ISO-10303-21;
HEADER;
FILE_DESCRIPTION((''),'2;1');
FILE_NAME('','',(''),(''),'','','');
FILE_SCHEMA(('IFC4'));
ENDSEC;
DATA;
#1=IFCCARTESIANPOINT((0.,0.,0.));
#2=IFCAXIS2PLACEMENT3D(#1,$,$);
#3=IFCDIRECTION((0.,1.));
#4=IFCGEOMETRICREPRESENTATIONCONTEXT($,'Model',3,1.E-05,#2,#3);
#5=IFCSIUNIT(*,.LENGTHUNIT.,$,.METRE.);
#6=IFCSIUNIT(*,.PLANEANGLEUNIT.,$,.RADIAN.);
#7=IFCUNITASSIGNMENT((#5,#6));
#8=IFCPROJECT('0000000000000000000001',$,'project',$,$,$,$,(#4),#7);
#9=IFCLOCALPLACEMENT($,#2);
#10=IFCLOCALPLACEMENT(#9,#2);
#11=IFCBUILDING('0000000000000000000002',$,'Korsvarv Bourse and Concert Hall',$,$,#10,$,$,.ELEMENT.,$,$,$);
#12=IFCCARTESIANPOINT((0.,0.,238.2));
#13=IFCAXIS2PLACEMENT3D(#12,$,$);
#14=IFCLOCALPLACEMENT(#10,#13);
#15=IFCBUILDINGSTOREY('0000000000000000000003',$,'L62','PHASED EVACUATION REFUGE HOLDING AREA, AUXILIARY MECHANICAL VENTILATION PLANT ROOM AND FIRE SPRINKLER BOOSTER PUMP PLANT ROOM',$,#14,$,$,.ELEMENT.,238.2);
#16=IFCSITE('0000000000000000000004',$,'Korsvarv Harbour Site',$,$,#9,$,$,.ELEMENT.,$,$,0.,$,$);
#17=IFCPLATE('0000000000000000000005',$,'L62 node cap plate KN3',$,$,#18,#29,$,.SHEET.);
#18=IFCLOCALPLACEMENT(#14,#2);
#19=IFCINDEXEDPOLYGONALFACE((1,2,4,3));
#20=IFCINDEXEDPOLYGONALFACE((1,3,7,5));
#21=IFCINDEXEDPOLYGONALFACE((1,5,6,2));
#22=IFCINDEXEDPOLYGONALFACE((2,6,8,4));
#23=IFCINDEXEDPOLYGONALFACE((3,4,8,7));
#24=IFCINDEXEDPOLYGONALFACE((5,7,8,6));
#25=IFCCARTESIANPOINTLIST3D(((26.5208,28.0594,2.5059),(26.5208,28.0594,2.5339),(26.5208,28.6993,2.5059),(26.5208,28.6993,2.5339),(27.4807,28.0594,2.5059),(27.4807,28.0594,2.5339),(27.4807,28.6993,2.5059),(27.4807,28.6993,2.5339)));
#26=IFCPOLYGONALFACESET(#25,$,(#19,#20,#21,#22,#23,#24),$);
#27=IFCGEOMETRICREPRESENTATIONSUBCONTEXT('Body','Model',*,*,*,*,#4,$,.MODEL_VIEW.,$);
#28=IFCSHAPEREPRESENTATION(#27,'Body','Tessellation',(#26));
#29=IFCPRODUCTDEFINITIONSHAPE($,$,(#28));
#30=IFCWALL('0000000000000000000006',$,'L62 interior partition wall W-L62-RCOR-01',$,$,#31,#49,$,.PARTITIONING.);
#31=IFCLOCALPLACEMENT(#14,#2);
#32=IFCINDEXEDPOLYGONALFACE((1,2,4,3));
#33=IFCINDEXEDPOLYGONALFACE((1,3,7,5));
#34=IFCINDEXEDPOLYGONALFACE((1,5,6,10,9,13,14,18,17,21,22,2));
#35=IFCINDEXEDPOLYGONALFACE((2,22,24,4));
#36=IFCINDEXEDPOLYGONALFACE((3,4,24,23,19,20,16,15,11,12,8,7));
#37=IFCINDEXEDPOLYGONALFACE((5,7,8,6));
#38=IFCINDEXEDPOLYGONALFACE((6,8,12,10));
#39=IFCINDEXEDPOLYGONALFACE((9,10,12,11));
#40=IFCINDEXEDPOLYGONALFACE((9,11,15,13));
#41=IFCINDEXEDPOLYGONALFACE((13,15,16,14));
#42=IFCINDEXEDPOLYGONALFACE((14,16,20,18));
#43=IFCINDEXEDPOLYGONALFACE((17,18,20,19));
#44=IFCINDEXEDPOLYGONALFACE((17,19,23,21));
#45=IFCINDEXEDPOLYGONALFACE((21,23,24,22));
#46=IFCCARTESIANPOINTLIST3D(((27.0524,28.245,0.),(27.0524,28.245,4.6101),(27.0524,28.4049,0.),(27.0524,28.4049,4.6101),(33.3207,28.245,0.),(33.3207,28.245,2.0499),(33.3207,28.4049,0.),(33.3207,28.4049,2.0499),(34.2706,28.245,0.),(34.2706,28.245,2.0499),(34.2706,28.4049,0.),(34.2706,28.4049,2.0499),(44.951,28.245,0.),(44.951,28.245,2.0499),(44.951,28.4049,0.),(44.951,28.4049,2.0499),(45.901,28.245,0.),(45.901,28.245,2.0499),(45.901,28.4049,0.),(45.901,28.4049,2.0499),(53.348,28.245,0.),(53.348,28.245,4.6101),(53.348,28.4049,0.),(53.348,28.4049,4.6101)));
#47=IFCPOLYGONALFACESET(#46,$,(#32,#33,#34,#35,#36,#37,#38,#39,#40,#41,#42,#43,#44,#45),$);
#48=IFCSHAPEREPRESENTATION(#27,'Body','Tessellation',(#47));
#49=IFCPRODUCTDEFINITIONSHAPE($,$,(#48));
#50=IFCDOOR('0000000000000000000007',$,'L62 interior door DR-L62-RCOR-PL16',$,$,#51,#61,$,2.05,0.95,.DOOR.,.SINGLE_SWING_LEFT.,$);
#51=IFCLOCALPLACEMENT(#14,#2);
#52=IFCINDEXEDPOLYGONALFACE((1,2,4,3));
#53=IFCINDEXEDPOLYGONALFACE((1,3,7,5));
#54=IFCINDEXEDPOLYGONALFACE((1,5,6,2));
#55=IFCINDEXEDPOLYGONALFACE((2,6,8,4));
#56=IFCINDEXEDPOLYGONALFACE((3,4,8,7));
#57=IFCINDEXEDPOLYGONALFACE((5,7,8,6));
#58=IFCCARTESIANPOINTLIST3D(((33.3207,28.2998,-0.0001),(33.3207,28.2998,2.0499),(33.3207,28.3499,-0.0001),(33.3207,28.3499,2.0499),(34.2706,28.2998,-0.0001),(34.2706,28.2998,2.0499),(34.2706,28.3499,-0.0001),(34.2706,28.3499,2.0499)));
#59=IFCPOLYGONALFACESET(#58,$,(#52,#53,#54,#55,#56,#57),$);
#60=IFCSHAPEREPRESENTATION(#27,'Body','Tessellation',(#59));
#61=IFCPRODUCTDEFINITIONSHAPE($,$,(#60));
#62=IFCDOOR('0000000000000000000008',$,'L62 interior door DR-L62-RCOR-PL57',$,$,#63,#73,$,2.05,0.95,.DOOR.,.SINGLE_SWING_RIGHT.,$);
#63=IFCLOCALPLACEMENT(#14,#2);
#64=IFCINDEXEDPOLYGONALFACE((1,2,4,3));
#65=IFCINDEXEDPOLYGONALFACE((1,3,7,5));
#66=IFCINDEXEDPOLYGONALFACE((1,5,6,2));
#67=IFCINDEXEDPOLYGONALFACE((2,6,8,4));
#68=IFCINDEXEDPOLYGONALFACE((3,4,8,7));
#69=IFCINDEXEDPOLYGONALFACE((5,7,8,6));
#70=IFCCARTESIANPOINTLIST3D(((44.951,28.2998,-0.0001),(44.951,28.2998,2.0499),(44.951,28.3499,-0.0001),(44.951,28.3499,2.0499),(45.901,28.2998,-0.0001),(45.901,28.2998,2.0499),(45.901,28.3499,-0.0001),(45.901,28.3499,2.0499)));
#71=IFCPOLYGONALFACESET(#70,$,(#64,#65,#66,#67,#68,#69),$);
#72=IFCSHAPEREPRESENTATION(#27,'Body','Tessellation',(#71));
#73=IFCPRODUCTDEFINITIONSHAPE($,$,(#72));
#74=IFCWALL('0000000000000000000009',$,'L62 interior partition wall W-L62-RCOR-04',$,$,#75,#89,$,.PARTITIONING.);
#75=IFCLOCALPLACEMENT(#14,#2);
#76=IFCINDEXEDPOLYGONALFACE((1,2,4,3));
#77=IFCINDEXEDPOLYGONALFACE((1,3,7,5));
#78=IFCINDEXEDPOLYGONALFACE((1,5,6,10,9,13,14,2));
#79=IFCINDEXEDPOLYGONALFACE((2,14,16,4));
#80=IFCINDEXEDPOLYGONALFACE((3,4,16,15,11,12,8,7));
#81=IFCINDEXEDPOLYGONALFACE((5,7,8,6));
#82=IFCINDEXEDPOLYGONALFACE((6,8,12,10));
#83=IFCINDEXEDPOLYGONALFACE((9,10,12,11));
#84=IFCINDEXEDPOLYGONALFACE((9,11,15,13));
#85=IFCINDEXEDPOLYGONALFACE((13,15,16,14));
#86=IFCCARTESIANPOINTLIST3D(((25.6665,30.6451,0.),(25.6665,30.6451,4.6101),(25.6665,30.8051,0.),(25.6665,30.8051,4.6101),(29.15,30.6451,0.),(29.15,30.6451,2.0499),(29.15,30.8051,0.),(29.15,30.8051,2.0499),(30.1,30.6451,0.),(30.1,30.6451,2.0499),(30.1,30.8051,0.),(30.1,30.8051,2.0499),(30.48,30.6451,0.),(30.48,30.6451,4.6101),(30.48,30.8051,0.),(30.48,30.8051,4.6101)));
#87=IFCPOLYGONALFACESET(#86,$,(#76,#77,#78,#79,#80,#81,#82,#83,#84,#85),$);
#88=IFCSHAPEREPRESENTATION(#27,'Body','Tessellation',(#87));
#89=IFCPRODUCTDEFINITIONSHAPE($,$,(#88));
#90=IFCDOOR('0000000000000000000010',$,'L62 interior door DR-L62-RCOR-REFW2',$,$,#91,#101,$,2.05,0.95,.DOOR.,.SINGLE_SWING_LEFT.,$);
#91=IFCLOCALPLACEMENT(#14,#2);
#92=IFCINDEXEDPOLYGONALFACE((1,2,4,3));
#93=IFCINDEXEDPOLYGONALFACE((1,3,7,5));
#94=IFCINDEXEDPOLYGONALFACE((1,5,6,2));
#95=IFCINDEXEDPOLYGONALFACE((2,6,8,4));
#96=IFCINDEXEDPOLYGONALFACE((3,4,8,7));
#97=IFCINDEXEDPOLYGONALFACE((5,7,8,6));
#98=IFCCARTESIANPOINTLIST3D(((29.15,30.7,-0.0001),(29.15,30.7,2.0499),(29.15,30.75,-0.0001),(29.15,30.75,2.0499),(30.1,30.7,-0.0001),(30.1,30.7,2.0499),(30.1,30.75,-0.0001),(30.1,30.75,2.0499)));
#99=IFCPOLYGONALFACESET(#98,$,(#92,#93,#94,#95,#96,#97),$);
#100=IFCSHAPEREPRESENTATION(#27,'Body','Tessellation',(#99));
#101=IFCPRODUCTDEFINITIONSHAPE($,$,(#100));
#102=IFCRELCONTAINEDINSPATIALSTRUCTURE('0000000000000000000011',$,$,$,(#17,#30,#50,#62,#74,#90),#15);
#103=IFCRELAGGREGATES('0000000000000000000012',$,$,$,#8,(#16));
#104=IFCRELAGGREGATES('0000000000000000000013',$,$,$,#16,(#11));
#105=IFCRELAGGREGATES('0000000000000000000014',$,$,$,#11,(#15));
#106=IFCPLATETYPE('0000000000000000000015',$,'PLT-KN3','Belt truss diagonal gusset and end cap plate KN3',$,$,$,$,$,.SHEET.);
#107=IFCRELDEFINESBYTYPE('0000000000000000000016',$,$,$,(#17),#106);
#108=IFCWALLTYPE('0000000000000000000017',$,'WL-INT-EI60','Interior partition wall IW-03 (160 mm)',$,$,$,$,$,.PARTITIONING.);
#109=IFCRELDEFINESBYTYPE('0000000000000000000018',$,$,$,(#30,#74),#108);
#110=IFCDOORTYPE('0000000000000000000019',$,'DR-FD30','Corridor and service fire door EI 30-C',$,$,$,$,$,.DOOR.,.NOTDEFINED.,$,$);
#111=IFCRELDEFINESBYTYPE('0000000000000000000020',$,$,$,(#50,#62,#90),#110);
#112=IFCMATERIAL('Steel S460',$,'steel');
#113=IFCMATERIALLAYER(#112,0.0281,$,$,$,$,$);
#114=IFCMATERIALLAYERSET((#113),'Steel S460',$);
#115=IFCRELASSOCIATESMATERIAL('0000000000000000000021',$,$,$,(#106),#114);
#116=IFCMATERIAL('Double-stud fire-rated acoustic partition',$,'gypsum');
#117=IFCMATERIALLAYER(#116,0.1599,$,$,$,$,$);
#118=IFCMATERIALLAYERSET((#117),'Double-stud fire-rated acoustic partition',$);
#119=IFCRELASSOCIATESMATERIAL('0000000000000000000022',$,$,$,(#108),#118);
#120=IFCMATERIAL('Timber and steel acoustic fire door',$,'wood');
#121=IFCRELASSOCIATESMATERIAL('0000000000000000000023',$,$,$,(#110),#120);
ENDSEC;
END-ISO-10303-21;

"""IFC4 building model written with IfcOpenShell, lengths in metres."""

from ifc_helpers import new_model, si_unit, direction, frame, frame_2d, origin, origin_2d, place, context, subcontext, project, spatial, rectangle, extrude, source, transform, mapped, material, layer, layer_set, type_object, element, fill, save


model = new_model("IFC4")

# Units and contexts
model_context = context("Model", 3, precision=1e-05, world=origin(), true_north=direction((0.0, 1.0)))
body_context = subcontext(model_context, "Body", "Model", "MODEL_VIEW")
ifc_project = project(units=[si_unit("LENGTHUNIT", "METRE"), si_unit("PLANEANGLEUNIT", "RADIAN")], contexts=[model_context])

# Site, building, storey
site_placement = place(None, origin())
site = spatial("IfcSite", under=ifc_project, at=site_placement, Name="Korsvarv Harbour Site", CompositionType="ELEMENT", RefElevation=0.0)
building_placement = place(site_placement, origin())
building = spatial("IfcBuilding", under=site, at=building_placement, Name="Korsvarv Bourse and Concert Hall", CompositionType="ELEMENT")
storey_placement = place(building_placement, frame((0.0, 0.0, 238.2)))
storey = spatial("IfcBuildingStorey", under=building, at=storey_placement, Name="L62", Description="PHASED EVACUATION REFUGE HOLDING AREA, AUXILIARY MECHANICAL VENTILATION PLANT ROOM AND FIRE SPRINKLER BOOSTER PUMP PLANT ROOM", CompositionType="ELEMENT", Elevation=238.2)

# Shared definitions
ifc_material_1 = material(Name="Steel S460", Category="steel")

# Plate
ifc_layer_1 = layer(ifc_material_1, 0.0281)
ifc_layer_set_1 = layer_set([ifc_layer_1], Name="Steel S460")
plate_type_1 = type_object("IfcPlateType", Name="PLT-KN3", Description="Belt truss diagonal gusset and end cap plate KN3", PredefinedType="SHEET", material=ifc_layer_set_1)
shared_shape_1 = source(origin(), body_context, "Body", "SweptSolid", [
    extrude(rectangle(XDim=0.96, YDim=0.6399, at=origin_2d()), origin(), (0.0, 0.0, 1.0), 0.0281),
])
for number, where, z_axis, x_axis, name in (
    (1, (27.0007, 28.3794, 2.5059), (0.0, 0.0, 1.0), (1.0, 0.0, 0.0), "L62 node cap plate KN3"),
):
    element("IfcPlate", number, at=place(storey_placement, frame(where, z_axis=z_axis, x_axis=x_axis)), inside=storey, type_object=plate_type_1, Name=name, PredefinedType="SHEET", context=body_context, shape_type="MappedRepresentation", body=[
        mapped(shared_shape_1, transform((0.0, 0.0, 0.0), scale=1.0)),
    ])

# Wall, openings, doors
ifc_material_2 = material(Name="Double-stud fire-rated acoustic partition", Category="gypsum")
ifc_layer_2 = layer(ifc_material_2, 0.1599)
ifc_layer_set_2 = layer_set([ifc_layer_2], Name="Double-stud fire-rated acoustic partition")
wall_type = type_object("IfcWallType", Name="WL-INT-EI60", Description="Interior partition wall IW-03 (160 mm)", PredefinedType="PARTITIONING", material=ifc_layer_set_2)
wall_1_placement = place(storey_placement, frame((27.0522, 28.325, 0.0), z_axis=(0.0, 0.0, 1.0), x_axis=(1.0, 0.0, 0.0)))
wall_1 = element("IfcWall", 2, at=wall_1_placement, inside=storey, type_object=wall_type, Name="L62 interior partition wall W-L62-RCOR-01", PredefinedType="PARTITIONING", context=body_context, shape_type="SweptSolid", body=[
    extrude(rectangle(XDim=26.2957, YDim=0.1599, at=frame_2d((13.1479, 0.0))), origin(), (0.0, 0.0, 1.0), 4.6101),
])
opening_1_placement = place(wall_1_placement, frame((6.2683, 0.0, 0.0)))
opening_1 = element("IfcOpeningElement", 3, at=opening_1_placement, cuts=wall_1, PredefinedType="OPENING", context=body_context, shape_type="SweptSolid", body=[
    extrude(rectangle(XDim=0.95, YDim=2.05, at=frame_2d((0.4751, 1.0249))), frame((0.0, 0.0898, 0.0), z_axis=(0.0, -1.0, 0.0), x_axis=(1.0, 0.0, 0.0)), (0.0, 0.0, 1.0), 0.1799),
])
opening_2_placement = place(wall_1_placement, frame((17.8987, 0.0, 0.0)))
opening_2 = element("IfcOpeningElement", 4, at=opening_2_placement, cuts=wall_1, PredefinedType="OPENING", context=body_context, shape_type="SweptSolid", body=[
    extrude(rectangle(XDim=0.95, YDim=2.05, at=frame_2d((0.4751, 1.0249))), frame((0.0, 0.0898, 0.0), z_axis=(0.0, -1.0, 0.0), x_axis=(1.0, 0.0, 0.0)), (0.0, 0.0, 1.0), 0.1799),
])
ifc_material_3 = material(Name="Timber and steel acoustic fire door", Category="wood")
door_type = type_object("IfcDoorType", Name="DR-FD30", Description="Corridor and service fire door EI 30-C", OperationType="NOTDEFINED", PredefinedType="DOOR", material=ifc_material_3)
door_1_placement = place(opening_1_placement, origin())
door_1 = element("IfcDoor", 5, at=door_1_placement, inside=storey, type_object=door_type, Name="L62 interior door DR-L62-RCOR-PL16", OperationType="SINGLE_SWING_LEFT", OverallHeight=2.05, OverallWidth=0.95, PredefinedType="DOOR", context=body_context, shape_type="SweptSolid", body=[
    extrude(rectangle(XDim=0.95, YDim=2.05, at=frame_2d((0.4751, 1.0249))), frame((0.0, 0.0249, 0.0), z_axis=(0.0, -1.0, 0.0), x_axis=(1.0, 0.0, 0.0)), (0.0, 0.0, 1.0), 0.05),
])
fill(opening_1, door_1)
door_2_placement = place(opening_2_placement, origin())
door_2 = element("IfcDoor", 6, at=door_2_placement, inside=storey, type_object=door_type, Name="L62 interior door DR-L62-RCOR-PL57", OperationType="SINGLE_SWING_RIGHT", OverallHeight=2.05, OverallWidth=0.95, PredefinedType="DOOR", context=body_context, shape_type="SweptSolid", body=[
    extrude(rectangle(XDim=0.95, YDim=2.05, at=frame_2d((0.4751, 1.0249))), frame((0.0, 0.0249, 0.0), z_axis=(0.0, -1.0, 0.0), x_axis=(1.0, 0.0, 0.0)), (0.0, 0.0, 1.0), 0.05),
])
fill(opening_2, door_2)

# Wall, opening, door
wall_2_placement = place(storey_placement, frame((25.6665, 30.7251, 0.0), z_axis=(0.0, 0.0, 1.0), x_axis=(1.0, 0.0, 0.0)))
wall_2 = element("IfcWall", 7, at=wall_2_placement, inside=storey, type_object=wall_type, Name="L62 interior partition wall W-L62-RCOR-04", PredefinedType="PARTITIONING", context=body_context, shape_type="SweptSolid", body=[
    extrude(rectangle(XDim=4.8135, YDim=0.1599, at=frame_2d((2.4067, 0.0))), origin(), (0.0, 0.0, 1.0), 4.6101),
])
opening_3_placement = place(wall_2_placement, frame((3.4834, 0.0, 0.0)))
opening_3 = element("IfcOpeningElement", 8, at=opening_3_placement, cuts=wall_2, PredefinedType="OPENING", context=body_context, shape_type="SweptSolid", body=[
    extrude(rectangle(XDim=0.95, YDim=2.05, at=frame_2d((0.4751, 1.0249))), frame((0.0, 0.0898, 0.0), z_axis=(0.0, -1.0, 0.0), x_axis=(1.0, 0.0, 0.0)), (0.0, 0.0, 1.0), 0.1799),
])
door_3_placement = place(opening_3_placement, origin())
door_3 = element("IfcDoor", 9, at=door_3_placement, inside=storey, type_object=door_type, Name="L62 interior door DR-L62-RCOR-REFW2", OperationType="SINGLE_SWING_LEFT", OverallHeight=2.05, OverallWidth=0.95, PredefinedType="DOOR", context=body_context, shape_type="SweptSolid", body=[
    extrude(rectangle(XDim=0.95, YDim=2.05, at=frame_2d((0.4751, 1.0249))), frame((0.0, 0.0249, 0.0), z_axis=(0.0, -1.0, 0.0), x_axis=(1.0, 0.0, 0.0)), (0.0, 0.0, 1.0), 0.05),
])
fill(opening_3, door_3)

save(model, "model.ifc")
